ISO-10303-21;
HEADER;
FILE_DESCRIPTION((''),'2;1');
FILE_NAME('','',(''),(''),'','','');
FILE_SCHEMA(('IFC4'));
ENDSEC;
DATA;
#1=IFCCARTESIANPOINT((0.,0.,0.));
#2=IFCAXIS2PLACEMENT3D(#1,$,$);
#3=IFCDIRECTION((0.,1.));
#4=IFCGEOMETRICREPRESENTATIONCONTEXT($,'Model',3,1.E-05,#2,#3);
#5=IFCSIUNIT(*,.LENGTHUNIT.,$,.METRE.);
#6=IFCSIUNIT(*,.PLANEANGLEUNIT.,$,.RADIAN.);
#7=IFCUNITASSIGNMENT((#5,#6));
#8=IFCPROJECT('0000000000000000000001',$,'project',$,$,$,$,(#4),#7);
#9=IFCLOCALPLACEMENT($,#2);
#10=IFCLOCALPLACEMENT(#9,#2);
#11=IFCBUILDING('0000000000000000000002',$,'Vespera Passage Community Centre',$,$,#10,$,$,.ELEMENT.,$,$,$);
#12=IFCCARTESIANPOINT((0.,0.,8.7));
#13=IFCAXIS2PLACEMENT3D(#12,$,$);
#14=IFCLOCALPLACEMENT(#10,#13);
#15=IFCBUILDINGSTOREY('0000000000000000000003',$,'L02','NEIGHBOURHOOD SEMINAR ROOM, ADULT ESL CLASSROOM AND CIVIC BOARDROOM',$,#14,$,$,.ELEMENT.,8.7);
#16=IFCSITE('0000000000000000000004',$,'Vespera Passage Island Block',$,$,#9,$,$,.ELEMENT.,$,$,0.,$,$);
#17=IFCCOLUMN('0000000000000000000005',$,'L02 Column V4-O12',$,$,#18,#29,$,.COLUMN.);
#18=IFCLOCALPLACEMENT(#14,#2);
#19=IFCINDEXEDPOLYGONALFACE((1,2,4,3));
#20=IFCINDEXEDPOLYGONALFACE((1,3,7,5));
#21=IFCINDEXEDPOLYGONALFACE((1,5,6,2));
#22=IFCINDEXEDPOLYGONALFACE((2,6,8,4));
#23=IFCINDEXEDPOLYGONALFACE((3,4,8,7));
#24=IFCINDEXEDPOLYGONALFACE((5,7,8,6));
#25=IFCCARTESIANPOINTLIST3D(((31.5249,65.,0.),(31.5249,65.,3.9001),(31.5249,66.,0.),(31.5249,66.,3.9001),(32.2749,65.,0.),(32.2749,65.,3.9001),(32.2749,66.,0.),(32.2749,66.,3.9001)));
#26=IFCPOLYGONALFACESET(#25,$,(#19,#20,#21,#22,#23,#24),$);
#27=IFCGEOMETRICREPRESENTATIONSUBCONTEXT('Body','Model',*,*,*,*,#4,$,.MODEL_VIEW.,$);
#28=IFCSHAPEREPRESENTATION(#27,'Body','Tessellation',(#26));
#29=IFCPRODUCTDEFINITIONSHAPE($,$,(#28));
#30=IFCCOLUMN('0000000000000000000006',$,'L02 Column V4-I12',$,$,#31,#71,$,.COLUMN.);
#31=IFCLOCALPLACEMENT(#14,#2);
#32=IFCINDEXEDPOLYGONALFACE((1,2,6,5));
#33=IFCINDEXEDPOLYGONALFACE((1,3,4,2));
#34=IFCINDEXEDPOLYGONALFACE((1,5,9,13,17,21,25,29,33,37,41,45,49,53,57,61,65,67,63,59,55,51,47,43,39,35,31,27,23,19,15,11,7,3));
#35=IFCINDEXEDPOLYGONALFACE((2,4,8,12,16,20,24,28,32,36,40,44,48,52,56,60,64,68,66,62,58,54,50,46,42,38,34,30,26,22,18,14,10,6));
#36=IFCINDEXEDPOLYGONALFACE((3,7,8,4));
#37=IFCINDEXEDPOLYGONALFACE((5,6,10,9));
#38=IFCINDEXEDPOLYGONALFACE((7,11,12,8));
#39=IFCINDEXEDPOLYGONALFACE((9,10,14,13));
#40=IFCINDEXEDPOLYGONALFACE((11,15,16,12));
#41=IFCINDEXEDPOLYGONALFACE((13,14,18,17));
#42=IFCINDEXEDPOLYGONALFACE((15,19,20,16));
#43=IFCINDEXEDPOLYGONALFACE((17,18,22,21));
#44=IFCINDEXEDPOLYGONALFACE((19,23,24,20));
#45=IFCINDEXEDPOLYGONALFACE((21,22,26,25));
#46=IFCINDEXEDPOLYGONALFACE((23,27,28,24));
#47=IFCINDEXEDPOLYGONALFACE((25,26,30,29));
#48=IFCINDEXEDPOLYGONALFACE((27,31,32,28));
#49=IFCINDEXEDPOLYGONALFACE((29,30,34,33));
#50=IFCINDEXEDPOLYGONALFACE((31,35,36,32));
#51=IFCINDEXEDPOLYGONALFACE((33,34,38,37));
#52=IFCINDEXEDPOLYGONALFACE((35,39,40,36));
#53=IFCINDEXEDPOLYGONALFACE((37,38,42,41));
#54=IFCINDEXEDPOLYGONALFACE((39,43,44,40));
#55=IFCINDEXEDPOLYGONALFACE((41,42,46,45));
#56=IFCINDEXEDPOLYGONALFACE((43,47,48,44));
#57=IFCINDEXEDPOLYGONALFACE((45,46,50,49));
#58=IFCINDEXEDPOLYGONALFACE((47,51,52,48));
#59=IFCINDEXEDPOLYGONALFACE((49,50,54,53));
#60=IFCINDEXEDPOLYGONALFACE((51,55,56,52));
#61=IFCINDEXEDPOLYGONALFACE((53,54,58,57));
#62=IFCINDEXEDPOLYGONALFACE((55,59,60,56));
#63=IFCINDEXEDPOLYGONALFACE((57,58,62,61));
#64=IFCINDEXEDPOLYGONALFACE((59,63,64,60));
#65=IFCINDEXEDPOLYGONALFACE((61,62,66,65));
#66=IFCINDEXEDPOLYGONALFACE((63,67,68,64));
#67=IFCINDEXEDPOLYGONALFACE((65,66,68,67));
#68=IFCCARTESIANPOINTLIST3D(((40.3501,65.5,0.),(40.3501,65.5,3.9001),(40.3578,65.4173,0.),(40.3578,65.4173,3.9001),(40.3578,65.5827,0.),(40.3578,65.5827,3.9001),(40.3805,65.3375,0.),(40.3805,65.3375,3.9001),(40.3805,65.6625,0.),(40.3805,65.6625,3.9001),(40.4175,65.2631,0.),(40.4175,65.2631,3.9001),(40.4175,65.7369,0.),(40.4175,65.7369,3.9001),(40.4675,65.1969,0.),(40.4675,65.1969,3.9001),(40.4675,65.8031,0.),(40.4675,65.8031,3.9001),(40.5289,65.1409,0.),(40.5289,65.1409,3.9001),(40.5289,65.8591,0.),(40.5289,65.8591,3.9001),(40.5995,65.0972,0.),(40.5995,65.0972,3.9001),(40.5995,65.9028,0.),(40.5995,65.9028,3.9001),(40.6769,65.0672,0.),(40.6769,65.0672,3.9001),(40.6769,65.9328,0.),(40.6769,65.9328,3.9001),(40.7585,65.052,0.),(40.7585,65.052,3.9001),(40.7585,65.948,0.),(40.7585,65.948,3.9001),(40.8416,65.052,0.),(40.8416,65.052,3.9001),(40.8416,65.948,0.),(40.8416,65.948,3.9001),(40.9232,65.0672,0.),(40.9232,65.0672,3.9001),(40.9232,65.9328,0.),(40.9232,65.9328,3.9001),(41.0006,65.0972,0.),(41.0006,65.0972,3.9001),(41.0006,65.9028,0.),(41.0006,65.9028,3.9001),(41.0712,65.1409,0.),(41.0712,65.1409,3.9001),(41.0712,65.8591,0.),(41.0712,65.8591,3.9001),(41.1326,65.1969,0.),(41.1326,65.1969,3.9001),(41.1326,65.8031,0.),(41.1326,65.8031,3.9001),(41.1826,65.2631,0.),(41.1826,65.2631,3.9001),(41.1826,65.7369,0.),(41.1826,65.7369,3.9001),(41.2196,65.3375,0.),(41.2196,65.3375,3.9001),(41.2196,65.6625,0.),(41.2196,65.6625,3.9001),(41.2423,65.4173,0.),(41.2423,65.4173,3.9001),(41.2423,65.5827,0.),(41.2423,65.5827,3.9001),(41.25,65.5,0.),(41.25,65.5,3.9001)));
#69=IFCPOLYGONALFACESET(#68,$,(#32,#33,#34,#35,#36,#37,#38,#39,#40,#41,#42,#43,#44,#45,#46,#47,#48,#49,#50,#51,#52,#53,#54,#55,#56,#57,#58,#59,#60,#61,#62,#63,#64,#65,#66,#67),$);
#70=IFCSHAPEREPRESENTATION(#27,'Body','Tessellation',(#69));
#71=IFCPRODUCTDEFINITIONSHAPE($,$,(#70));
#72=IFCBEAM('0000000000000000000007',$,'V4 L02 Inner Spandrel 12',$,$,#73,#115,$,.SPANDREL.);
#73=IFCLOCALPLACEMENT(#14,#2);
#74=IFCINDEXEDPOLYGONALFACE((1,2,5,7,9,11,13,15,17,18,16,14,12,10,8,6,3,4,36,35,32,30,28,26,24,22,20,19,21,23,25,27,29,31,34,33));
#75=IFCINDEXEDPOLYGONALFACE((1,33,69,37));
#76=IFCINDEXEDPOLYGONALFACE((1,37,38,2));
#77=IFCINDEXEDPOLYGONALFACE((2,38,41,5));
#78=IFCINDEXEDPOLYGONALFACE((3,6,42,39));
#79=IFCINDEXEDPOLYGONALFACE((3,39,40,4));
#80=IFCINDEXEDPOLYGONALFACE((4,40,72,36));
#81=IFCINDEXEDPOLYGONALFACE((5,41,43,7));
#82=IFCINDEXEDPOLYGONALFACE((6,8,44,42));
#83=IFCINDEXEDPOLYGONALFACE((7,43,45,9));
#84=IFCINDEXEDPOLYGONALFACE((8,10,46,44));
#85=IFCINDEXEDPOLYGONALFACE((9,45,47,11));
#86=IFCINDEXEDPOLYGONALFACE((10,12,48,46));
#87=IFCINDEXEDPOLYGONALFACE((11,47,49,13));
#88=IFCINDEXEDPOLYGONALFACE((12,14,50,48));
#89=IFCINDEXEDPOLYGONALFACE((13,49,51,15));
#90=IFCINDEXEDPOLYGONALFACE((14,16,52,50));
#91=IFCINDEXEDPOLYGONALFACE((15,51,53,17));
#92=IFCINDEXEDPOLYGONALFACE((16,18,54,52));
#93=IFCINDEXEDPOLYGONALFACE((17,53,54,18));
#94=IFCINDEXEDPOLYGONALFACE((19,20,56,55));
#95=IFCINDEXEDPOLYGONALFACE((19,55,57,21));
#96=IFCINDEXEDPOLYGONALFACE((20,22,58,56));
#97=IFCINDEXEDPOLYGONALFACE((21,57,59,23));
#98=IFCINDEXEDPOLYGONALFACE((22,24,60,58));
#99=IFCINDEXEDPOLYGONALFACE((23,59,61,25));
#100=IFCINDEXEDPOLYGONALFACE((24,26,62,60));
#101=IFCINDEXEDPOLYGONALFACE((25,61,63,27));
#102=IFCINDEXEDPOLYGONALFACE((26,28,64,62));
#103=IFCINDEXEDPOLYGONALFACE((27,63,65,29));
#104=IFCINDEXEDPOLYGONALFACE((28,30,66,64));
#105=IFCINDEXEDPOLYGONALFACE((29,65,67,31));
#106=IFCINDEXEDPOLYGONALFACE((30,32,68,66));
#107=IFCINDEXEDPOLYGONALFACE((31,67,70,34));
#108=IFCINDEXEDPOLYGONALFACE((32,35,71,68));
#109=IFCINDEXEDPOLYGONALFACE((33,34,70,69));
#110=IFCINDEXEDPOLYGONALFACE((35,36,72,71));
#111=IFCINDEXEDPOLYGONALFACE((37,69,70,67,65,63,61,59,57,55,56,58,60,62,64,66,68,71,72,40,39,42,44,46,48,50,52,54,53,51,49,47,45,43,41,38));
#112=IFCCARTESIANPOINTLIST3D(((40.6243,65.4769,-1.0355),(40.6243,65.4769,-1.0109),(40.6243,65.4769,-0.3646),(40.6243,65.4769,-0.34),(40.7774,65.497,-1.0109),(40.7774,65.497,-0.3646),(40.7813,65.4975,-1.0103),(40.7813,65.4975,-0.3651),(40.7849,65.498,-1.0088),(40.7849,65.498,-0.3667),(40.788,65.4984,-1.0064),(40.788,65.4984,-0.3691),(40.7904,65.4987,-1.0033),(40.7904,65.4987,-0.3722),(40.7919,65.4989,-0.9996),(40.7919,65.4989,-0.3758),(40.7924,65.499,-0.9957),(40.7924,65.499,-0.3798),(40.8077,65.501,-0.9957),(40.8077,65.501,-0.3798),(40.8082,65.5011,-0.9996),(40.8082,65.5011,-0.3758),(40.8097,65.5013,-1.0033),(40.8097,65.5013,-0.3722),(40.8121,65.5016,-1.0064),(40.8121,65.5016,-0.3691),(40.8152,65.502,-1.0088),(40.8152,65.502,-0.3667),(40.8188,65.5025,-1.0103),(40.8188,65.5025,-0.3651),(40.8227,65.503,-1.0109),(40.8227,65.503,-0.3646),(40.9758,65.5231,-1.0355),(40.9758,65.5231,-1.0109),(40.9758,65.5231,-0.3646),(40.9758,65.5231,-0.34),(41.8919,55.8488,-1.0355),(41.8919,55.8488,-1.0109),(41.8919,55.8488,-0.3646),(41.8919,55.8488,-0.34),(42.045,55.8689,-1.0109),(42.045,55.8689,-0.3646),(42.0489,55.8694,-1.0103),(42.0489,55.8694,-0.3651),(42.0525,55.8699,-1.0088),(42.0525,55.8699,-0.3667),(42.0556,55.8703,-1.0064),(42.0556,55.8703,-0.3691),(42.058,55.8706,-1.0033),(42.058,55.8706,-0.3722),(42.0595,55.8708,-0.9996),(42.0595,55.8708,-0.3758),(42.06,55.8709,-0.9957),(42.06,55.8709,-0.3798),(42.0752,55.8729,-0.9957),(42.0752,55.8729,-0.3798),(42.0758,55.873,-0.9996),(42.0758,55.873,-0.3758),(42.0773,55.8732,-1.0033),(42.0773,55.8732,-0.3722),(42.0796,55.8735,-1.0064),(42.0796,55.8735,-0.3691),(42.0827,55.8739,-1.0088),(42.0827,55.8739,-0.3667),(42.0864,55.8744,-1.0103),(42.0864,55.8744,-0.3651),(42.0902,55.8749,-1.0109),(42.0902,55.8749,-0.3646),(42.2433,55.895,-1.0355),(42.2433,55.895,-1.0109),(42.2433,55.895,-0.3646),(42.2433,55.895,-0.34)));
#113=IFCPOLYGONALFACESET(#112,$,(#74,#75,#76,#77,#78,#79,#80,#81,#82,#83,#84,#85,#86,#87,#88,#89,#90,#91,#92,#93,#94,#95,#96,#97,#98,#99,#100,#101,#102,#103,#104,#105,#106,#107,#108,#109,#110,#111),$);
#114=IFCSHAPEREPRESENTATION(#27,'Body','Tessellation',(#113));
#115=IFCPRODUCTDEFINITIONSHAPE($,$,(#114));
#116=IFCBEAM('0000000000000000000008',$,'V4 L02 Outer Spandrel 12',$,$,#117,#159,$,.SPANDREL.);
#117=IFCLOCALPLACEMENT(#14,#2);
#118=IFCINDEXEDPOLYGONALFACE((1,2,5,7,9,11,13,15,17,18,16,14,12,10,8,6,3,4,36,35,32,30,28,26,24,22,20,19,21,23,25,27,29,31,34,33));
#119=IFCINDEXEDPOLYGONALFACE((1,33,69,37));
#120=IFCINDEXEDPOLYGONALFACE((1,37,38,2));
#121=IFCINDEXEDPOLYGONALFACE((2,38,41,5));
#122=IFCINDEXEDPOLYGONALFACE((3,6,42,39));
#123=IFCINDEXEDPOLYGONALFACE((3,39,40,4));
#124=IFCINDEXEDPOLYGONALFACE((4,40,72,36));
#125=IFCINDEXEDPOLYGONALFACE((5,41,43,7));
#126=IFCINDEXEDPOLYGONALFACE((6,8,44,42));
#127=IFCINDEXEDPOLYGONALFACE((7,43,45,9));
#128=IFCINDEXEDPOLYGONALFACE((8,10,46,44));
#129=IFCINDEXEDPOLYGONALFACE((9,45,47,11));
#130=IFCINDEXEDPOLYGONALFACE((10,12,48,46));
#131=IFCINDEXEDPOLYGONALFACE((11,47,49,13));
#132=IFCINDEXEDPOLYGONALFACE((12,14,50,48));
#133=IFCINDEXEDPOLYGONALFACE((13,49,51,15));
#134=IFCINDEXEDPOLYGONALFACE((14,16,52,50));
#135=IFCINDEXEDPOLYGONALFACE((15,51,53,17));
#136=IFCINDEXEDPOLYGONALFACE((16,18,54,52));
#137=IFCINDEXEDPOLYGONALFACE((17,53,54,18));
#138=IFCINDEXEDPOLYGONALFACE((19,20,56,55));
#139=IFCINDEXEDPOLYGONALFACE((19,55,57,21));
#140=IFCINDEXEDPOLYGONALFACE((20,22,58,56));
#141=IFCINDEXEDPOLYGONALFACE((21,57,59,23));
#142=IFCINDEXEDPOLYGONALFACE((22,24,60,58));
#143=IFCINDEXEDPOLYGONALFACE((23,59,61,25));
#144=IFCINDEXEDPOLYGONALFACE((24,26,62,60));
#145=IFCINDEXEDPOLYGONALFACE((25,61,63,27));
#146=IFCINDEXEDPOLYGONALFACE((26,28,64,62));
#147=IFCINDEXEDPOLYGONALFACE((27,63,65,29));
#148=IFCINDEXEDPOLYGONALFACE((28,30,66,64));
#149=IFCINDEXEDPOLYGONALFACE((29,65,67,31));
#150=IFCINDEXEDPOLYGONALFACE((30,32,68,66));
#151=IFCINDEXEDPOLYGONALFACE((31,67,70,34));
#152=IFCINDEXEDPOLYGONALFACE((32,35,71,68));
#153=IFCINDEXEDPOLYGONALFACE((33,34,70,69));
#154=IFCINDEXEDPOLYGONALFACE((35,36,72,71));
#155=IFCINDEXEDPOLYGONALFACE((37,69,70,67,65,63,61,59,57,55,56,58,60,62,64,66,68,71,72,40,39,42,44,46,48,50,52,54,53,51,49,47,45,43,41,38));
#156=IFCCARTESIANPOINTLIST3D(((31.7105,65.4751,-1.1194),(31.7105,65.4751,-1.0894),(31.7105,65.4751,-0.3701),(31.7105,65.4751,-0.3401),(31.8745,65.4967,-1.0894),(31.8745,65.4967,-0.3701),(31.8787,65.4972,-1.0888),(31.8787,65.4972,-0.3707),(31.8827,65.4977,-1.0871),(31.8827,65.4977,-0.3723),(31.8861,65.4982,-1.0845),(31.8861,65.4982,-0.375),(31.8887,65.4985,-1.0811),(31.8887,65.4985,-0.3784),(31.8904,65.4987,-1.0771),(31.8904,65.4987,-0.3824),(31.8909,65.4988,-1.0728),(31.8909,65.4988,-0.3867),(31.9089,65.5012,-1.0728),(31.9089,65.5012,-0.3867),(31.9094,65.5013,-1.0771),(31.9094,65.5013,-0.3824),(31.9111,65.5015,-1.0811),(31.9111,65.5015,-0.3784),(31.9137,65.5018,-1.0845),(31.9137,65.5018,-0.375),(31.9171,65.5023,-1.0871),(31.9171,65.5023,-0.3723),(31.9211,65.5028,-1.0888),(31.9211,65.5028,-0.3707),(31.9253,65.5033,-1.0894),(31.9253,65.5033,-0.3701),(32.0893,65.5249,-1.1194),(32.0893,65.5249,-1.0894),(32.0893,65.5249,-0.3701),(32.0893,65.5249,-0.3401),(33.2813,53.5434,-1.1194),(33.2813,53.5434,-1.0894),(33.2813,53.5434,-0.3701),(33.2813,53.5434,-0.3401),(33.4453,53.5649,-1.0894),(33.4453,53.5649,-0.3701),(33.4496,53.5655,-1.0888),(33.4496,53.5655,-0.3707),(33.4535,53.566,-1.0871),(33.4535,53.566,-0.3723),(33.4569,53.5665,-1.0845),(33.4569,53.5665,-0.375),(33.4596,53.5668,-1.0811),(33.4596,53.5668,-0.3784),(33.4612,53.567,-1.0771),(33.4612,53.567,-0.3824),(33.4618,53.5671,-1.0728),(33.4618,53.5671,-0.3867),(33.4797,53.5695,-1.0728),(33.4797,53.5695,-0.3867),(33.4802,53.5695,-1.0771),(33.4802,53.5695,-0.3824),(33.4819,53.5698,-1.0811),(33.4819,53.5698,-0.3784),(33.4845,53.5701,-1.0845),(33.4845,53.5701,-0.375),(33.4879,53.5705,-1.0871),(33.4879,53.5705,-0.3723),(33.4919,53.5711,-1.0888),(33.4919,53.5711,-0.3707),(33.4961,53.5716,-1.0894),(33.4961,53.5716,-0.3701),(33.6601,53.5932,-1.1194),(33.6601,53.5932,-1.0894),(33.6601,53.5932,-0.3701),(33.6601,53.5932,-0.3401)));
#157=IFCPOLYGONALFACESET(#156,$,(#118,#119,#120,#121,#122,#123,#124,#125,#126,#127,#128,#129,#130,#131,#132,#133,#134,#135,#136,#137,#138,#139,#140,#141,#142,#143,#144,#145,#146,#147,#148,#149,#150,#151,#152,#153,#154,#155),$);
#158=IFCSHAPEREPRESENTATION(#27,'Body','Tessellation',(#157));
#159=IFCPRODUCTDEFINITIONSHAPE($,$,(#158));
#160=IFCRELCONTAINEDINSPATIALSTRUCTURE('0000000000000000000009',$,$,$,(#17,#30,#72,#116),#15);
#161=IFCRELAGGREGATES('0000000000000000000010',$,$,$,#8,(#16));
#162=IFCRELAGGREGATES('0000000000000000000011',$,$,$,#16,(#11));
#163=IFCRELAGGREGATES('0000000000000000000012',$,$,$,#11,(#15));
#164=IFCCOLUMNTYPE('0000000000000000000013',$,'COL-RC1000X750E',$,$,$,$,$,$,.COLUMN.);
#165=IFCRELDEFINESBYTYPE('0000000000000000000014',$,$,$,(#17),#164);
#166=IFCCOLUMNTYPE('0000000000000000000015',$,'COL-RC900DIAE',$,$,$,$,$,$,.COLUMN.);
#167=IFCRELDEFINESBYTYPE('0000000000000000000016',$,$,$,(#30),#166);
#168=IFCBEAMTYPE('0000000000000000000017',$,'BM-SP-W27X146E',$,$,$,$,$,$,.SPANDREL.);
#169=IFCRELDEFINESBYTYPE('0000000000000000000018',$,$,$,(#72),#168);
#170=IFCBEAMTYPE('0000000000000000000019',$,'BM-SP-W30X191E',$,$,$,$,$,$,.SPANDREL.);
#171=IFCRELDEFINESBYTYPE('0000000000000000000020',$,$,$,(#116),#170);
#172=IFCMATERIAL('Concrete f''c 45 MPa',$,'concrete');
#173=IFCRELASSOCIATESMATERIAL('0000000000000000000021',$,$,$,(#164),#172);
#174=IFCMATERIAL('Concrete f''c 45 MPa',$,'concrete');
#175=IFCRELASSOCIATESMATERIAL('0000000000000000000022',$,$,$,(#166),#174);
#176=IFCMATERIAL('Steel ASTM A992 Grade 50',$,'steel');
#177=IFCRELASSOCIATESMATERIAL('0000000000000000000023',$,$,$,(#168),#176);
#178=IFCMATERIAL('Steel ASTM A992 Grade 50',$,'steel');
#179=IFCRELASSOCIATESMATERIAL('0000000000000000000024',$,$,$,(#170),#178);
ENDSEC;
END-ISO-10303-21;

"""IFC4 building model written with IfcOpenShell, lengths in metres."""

from ifc_helpers import new_model, si_unit, direction, frame, origin, origin_2d, place, context, subcontext, project, spatial, rectangle, circle, i_section, extrude, material, material_profile, profile_set, type_object, element, save


model = new_model("IFC4")

# Units and contexts
model_context = context("Model", 3, precision=1e-05, world=origin(), true_north=direction((0.0, 1.0)))
body_context = subcontext(model_context, "Body", "Model", "MODEL_VIEW")
ifc_project = project(units=[si_unit("LENGTHUNIT", "METRE"), si_unit("PLANEANGLEUNIT", "RADIAN")], contexts=[model_context])

# Site, building, storey
site_placement = place(None, origin())
site = spatial("IfcSite", under=ifc_project, at=site_placement, Name="Vespera Passage Island Block", CompositionType="ELEMENT", RefElevation=0.0)
building_placement = place(site_placement, origin())
building = spatial("IfcBuilding", under=site, at=building_placement, Name="Vespera Passage Community Centre", CompositionType="ELEMENT")
storey_placement = place(building_placement, frame((0.0, 0.0, 8.7)))
storey = spatial("IfcBuildingStorey", under=building, at=storey_placement, Name="L02", Description="NEIGHBOURHOOD SEMINAR ROOM, ADULT ESL CLASSROOM AND CIVIC BOARDROOM", CompositionType="ELEMENT", Elevation=8.7)

# Columns
ifc_material_1 = material(Name="Concrete f'c 45 MPa", Category="concrete")
ifc_material_profile_1 = material_profile(ifc_material_1, rectangle(XDim=0.75, YDim=1.0, at=origin_2d()), Name="RC1000X750")
ifc_profile_set_1 = profile_set([ifc_material_profile_1], Name="Concrete f'c 45 MPa")
column_type_1 = type_object("IfcColumnType", Name="COL-RC1000X750E", PredefinedType="COLUMN", material=ifc_profile_set_1)
column_1_placement = place(storey_placement, frame((31.8999, 65.5, 0.0), z_axis=(0.0, 0.0, 1.0), x_axis=(1.0, 0.0, 0.0)))
element("IfcColumn", 1, at=column_1_placement, inside=storey, type_object=column_type_1, Name="L02 Column V4-O12", PredefinedType="COLUMN", context=body_context, shape_type="SweptSolid", body=[
    extrude(rectangle(XDim=0.75, YDim=1.0, at=origin_2d()), origin(), (0.0, 0.0, 1.0), 3.9001),
])
ifc_material_2 = material(Name="Concrete f'c 45 MPa", Category="concrete")
ifc_material_profile_2 = material_profile(ifc_material_2, circle(Radius=0.45, at=origin_2d()), Name="RC900DIA")
ifc_profile_set_2 = profile_set([ifc_material_profile_2], Name="Concrete f'c 45 MPa")
column_type_2 = type_object("IfcColumnType", Name="COL-RC900DIAE", PredefinedType="COLUMN", material=ifc_profile_set_2)
column_2_placement = place(storey_placement, frame((40.8, 65.5, 0.0), z_axis=(0.0, 0.0, 1.0), x_axis=(1.0, 0.0, 0.0)))
element("IfcColumn", 2, at=column_2_placement, inside=storey, type_object=column_type_2, Name="L02 Column V4-I12", PredefinedType="COLUMN", context=body_context, shape_type="SweptSolid", body=[
    extrude(circle(Radius=0.45, at=origin_2d()), origin(), (0.0, 0.0, 1.0), 3.9001),
])

# Beams
ifc_material_3 = material(Name="Steel ASTM A992 Grade 50", Category="steel")
ifc_material_profile_3 = material_profile(ifc_material_3, i_section(OverallWidth=0.3545, OverallDepth=0.6956, WebThickness=0.0154, FlangeThickness=0.0247, FilletRadius=0.0151, at=origin_2d()), Name="W27X146")
ifc_profile_set_3 = profile_set([ifc_material_profile_3], Name="Steel ASTM A992 Grade 50")
beam_type_1 = type_object("IfcBeamType", Name="BM-SP-W27X146E", PredefinedType="SPANDREL", material=ifc_profile_set_3)
beam_1_placement = place(storey_placement, frame((40.8, 65.5, -0.6877), z_axis=(0.130527, -0.991445, 0.0), x_axis=(0.991445, 0.130527, 0.0)))
element("IfcBeam", 3, at=beam_1_placement, inside=storey, type_object=beam_type_1, Name="V4 L02 Inner Spandrel 12", PredefinedType="SPANDREL", context=body_context, shape_type="SweptSolid", body=[
    extrude(i_section(OverallWidth=0.3545, OverallDepth=0.6956, WebThickness=0.0154, FlangeThickness=0.0247, FilletRadius=0.0151, at=origin_2d()), origin(), (0.0, 0.0, 1.0), 9.7112),
])
ifc_material_4 = material(Name="Steel ASTM A992 Grade 50", Category="steel")
ifc_material_profile_4 = material_profile(ifc_material_4, i_section(OverallWidth=0.3821, OverallDepth=0.7793, WebThickness=0.0181, FlangeThickness=0.03, FilletRadius=0.0166, at=origin_2d()), Name="W30X191")
ifc_profile_set_4 = profile_set([ifc_material_profile_4], Name="Steel ASTM A992 Grade 50")
beam_type_2 = type_object("IfcBeamType", Name="BM-SP-W30X191E", PredefinedType="SPANDREL", material=ifc_profile_set_4)
beam_2_placement = place(storey_placement, frame((31.8999, 65.5, -0.7297), z_axis=(0.130524, -0.991445, 0.0), x_axis=(0.991445, 0.130524, 0.0)))
element("IfcBeam", 4, at=beam_2_placement, inside=storey, type_object=beam_type_2, Name="V4 L02 Outer Spandrel 12", PredefinedType="SPANDREL", context=body_context, shape_type="SweptSolid", body=[
    extrude(i_section(OverallWidth=0.3821, OverallDepth=0.7793, WebThickness=0.0181, FlangeThickness=0.03, FilletRadius=0.0166, at=origin_2d()), origin(), (0.0, 0.0, 1.0), 12.0347),
])

save(model, "model.ifc")
